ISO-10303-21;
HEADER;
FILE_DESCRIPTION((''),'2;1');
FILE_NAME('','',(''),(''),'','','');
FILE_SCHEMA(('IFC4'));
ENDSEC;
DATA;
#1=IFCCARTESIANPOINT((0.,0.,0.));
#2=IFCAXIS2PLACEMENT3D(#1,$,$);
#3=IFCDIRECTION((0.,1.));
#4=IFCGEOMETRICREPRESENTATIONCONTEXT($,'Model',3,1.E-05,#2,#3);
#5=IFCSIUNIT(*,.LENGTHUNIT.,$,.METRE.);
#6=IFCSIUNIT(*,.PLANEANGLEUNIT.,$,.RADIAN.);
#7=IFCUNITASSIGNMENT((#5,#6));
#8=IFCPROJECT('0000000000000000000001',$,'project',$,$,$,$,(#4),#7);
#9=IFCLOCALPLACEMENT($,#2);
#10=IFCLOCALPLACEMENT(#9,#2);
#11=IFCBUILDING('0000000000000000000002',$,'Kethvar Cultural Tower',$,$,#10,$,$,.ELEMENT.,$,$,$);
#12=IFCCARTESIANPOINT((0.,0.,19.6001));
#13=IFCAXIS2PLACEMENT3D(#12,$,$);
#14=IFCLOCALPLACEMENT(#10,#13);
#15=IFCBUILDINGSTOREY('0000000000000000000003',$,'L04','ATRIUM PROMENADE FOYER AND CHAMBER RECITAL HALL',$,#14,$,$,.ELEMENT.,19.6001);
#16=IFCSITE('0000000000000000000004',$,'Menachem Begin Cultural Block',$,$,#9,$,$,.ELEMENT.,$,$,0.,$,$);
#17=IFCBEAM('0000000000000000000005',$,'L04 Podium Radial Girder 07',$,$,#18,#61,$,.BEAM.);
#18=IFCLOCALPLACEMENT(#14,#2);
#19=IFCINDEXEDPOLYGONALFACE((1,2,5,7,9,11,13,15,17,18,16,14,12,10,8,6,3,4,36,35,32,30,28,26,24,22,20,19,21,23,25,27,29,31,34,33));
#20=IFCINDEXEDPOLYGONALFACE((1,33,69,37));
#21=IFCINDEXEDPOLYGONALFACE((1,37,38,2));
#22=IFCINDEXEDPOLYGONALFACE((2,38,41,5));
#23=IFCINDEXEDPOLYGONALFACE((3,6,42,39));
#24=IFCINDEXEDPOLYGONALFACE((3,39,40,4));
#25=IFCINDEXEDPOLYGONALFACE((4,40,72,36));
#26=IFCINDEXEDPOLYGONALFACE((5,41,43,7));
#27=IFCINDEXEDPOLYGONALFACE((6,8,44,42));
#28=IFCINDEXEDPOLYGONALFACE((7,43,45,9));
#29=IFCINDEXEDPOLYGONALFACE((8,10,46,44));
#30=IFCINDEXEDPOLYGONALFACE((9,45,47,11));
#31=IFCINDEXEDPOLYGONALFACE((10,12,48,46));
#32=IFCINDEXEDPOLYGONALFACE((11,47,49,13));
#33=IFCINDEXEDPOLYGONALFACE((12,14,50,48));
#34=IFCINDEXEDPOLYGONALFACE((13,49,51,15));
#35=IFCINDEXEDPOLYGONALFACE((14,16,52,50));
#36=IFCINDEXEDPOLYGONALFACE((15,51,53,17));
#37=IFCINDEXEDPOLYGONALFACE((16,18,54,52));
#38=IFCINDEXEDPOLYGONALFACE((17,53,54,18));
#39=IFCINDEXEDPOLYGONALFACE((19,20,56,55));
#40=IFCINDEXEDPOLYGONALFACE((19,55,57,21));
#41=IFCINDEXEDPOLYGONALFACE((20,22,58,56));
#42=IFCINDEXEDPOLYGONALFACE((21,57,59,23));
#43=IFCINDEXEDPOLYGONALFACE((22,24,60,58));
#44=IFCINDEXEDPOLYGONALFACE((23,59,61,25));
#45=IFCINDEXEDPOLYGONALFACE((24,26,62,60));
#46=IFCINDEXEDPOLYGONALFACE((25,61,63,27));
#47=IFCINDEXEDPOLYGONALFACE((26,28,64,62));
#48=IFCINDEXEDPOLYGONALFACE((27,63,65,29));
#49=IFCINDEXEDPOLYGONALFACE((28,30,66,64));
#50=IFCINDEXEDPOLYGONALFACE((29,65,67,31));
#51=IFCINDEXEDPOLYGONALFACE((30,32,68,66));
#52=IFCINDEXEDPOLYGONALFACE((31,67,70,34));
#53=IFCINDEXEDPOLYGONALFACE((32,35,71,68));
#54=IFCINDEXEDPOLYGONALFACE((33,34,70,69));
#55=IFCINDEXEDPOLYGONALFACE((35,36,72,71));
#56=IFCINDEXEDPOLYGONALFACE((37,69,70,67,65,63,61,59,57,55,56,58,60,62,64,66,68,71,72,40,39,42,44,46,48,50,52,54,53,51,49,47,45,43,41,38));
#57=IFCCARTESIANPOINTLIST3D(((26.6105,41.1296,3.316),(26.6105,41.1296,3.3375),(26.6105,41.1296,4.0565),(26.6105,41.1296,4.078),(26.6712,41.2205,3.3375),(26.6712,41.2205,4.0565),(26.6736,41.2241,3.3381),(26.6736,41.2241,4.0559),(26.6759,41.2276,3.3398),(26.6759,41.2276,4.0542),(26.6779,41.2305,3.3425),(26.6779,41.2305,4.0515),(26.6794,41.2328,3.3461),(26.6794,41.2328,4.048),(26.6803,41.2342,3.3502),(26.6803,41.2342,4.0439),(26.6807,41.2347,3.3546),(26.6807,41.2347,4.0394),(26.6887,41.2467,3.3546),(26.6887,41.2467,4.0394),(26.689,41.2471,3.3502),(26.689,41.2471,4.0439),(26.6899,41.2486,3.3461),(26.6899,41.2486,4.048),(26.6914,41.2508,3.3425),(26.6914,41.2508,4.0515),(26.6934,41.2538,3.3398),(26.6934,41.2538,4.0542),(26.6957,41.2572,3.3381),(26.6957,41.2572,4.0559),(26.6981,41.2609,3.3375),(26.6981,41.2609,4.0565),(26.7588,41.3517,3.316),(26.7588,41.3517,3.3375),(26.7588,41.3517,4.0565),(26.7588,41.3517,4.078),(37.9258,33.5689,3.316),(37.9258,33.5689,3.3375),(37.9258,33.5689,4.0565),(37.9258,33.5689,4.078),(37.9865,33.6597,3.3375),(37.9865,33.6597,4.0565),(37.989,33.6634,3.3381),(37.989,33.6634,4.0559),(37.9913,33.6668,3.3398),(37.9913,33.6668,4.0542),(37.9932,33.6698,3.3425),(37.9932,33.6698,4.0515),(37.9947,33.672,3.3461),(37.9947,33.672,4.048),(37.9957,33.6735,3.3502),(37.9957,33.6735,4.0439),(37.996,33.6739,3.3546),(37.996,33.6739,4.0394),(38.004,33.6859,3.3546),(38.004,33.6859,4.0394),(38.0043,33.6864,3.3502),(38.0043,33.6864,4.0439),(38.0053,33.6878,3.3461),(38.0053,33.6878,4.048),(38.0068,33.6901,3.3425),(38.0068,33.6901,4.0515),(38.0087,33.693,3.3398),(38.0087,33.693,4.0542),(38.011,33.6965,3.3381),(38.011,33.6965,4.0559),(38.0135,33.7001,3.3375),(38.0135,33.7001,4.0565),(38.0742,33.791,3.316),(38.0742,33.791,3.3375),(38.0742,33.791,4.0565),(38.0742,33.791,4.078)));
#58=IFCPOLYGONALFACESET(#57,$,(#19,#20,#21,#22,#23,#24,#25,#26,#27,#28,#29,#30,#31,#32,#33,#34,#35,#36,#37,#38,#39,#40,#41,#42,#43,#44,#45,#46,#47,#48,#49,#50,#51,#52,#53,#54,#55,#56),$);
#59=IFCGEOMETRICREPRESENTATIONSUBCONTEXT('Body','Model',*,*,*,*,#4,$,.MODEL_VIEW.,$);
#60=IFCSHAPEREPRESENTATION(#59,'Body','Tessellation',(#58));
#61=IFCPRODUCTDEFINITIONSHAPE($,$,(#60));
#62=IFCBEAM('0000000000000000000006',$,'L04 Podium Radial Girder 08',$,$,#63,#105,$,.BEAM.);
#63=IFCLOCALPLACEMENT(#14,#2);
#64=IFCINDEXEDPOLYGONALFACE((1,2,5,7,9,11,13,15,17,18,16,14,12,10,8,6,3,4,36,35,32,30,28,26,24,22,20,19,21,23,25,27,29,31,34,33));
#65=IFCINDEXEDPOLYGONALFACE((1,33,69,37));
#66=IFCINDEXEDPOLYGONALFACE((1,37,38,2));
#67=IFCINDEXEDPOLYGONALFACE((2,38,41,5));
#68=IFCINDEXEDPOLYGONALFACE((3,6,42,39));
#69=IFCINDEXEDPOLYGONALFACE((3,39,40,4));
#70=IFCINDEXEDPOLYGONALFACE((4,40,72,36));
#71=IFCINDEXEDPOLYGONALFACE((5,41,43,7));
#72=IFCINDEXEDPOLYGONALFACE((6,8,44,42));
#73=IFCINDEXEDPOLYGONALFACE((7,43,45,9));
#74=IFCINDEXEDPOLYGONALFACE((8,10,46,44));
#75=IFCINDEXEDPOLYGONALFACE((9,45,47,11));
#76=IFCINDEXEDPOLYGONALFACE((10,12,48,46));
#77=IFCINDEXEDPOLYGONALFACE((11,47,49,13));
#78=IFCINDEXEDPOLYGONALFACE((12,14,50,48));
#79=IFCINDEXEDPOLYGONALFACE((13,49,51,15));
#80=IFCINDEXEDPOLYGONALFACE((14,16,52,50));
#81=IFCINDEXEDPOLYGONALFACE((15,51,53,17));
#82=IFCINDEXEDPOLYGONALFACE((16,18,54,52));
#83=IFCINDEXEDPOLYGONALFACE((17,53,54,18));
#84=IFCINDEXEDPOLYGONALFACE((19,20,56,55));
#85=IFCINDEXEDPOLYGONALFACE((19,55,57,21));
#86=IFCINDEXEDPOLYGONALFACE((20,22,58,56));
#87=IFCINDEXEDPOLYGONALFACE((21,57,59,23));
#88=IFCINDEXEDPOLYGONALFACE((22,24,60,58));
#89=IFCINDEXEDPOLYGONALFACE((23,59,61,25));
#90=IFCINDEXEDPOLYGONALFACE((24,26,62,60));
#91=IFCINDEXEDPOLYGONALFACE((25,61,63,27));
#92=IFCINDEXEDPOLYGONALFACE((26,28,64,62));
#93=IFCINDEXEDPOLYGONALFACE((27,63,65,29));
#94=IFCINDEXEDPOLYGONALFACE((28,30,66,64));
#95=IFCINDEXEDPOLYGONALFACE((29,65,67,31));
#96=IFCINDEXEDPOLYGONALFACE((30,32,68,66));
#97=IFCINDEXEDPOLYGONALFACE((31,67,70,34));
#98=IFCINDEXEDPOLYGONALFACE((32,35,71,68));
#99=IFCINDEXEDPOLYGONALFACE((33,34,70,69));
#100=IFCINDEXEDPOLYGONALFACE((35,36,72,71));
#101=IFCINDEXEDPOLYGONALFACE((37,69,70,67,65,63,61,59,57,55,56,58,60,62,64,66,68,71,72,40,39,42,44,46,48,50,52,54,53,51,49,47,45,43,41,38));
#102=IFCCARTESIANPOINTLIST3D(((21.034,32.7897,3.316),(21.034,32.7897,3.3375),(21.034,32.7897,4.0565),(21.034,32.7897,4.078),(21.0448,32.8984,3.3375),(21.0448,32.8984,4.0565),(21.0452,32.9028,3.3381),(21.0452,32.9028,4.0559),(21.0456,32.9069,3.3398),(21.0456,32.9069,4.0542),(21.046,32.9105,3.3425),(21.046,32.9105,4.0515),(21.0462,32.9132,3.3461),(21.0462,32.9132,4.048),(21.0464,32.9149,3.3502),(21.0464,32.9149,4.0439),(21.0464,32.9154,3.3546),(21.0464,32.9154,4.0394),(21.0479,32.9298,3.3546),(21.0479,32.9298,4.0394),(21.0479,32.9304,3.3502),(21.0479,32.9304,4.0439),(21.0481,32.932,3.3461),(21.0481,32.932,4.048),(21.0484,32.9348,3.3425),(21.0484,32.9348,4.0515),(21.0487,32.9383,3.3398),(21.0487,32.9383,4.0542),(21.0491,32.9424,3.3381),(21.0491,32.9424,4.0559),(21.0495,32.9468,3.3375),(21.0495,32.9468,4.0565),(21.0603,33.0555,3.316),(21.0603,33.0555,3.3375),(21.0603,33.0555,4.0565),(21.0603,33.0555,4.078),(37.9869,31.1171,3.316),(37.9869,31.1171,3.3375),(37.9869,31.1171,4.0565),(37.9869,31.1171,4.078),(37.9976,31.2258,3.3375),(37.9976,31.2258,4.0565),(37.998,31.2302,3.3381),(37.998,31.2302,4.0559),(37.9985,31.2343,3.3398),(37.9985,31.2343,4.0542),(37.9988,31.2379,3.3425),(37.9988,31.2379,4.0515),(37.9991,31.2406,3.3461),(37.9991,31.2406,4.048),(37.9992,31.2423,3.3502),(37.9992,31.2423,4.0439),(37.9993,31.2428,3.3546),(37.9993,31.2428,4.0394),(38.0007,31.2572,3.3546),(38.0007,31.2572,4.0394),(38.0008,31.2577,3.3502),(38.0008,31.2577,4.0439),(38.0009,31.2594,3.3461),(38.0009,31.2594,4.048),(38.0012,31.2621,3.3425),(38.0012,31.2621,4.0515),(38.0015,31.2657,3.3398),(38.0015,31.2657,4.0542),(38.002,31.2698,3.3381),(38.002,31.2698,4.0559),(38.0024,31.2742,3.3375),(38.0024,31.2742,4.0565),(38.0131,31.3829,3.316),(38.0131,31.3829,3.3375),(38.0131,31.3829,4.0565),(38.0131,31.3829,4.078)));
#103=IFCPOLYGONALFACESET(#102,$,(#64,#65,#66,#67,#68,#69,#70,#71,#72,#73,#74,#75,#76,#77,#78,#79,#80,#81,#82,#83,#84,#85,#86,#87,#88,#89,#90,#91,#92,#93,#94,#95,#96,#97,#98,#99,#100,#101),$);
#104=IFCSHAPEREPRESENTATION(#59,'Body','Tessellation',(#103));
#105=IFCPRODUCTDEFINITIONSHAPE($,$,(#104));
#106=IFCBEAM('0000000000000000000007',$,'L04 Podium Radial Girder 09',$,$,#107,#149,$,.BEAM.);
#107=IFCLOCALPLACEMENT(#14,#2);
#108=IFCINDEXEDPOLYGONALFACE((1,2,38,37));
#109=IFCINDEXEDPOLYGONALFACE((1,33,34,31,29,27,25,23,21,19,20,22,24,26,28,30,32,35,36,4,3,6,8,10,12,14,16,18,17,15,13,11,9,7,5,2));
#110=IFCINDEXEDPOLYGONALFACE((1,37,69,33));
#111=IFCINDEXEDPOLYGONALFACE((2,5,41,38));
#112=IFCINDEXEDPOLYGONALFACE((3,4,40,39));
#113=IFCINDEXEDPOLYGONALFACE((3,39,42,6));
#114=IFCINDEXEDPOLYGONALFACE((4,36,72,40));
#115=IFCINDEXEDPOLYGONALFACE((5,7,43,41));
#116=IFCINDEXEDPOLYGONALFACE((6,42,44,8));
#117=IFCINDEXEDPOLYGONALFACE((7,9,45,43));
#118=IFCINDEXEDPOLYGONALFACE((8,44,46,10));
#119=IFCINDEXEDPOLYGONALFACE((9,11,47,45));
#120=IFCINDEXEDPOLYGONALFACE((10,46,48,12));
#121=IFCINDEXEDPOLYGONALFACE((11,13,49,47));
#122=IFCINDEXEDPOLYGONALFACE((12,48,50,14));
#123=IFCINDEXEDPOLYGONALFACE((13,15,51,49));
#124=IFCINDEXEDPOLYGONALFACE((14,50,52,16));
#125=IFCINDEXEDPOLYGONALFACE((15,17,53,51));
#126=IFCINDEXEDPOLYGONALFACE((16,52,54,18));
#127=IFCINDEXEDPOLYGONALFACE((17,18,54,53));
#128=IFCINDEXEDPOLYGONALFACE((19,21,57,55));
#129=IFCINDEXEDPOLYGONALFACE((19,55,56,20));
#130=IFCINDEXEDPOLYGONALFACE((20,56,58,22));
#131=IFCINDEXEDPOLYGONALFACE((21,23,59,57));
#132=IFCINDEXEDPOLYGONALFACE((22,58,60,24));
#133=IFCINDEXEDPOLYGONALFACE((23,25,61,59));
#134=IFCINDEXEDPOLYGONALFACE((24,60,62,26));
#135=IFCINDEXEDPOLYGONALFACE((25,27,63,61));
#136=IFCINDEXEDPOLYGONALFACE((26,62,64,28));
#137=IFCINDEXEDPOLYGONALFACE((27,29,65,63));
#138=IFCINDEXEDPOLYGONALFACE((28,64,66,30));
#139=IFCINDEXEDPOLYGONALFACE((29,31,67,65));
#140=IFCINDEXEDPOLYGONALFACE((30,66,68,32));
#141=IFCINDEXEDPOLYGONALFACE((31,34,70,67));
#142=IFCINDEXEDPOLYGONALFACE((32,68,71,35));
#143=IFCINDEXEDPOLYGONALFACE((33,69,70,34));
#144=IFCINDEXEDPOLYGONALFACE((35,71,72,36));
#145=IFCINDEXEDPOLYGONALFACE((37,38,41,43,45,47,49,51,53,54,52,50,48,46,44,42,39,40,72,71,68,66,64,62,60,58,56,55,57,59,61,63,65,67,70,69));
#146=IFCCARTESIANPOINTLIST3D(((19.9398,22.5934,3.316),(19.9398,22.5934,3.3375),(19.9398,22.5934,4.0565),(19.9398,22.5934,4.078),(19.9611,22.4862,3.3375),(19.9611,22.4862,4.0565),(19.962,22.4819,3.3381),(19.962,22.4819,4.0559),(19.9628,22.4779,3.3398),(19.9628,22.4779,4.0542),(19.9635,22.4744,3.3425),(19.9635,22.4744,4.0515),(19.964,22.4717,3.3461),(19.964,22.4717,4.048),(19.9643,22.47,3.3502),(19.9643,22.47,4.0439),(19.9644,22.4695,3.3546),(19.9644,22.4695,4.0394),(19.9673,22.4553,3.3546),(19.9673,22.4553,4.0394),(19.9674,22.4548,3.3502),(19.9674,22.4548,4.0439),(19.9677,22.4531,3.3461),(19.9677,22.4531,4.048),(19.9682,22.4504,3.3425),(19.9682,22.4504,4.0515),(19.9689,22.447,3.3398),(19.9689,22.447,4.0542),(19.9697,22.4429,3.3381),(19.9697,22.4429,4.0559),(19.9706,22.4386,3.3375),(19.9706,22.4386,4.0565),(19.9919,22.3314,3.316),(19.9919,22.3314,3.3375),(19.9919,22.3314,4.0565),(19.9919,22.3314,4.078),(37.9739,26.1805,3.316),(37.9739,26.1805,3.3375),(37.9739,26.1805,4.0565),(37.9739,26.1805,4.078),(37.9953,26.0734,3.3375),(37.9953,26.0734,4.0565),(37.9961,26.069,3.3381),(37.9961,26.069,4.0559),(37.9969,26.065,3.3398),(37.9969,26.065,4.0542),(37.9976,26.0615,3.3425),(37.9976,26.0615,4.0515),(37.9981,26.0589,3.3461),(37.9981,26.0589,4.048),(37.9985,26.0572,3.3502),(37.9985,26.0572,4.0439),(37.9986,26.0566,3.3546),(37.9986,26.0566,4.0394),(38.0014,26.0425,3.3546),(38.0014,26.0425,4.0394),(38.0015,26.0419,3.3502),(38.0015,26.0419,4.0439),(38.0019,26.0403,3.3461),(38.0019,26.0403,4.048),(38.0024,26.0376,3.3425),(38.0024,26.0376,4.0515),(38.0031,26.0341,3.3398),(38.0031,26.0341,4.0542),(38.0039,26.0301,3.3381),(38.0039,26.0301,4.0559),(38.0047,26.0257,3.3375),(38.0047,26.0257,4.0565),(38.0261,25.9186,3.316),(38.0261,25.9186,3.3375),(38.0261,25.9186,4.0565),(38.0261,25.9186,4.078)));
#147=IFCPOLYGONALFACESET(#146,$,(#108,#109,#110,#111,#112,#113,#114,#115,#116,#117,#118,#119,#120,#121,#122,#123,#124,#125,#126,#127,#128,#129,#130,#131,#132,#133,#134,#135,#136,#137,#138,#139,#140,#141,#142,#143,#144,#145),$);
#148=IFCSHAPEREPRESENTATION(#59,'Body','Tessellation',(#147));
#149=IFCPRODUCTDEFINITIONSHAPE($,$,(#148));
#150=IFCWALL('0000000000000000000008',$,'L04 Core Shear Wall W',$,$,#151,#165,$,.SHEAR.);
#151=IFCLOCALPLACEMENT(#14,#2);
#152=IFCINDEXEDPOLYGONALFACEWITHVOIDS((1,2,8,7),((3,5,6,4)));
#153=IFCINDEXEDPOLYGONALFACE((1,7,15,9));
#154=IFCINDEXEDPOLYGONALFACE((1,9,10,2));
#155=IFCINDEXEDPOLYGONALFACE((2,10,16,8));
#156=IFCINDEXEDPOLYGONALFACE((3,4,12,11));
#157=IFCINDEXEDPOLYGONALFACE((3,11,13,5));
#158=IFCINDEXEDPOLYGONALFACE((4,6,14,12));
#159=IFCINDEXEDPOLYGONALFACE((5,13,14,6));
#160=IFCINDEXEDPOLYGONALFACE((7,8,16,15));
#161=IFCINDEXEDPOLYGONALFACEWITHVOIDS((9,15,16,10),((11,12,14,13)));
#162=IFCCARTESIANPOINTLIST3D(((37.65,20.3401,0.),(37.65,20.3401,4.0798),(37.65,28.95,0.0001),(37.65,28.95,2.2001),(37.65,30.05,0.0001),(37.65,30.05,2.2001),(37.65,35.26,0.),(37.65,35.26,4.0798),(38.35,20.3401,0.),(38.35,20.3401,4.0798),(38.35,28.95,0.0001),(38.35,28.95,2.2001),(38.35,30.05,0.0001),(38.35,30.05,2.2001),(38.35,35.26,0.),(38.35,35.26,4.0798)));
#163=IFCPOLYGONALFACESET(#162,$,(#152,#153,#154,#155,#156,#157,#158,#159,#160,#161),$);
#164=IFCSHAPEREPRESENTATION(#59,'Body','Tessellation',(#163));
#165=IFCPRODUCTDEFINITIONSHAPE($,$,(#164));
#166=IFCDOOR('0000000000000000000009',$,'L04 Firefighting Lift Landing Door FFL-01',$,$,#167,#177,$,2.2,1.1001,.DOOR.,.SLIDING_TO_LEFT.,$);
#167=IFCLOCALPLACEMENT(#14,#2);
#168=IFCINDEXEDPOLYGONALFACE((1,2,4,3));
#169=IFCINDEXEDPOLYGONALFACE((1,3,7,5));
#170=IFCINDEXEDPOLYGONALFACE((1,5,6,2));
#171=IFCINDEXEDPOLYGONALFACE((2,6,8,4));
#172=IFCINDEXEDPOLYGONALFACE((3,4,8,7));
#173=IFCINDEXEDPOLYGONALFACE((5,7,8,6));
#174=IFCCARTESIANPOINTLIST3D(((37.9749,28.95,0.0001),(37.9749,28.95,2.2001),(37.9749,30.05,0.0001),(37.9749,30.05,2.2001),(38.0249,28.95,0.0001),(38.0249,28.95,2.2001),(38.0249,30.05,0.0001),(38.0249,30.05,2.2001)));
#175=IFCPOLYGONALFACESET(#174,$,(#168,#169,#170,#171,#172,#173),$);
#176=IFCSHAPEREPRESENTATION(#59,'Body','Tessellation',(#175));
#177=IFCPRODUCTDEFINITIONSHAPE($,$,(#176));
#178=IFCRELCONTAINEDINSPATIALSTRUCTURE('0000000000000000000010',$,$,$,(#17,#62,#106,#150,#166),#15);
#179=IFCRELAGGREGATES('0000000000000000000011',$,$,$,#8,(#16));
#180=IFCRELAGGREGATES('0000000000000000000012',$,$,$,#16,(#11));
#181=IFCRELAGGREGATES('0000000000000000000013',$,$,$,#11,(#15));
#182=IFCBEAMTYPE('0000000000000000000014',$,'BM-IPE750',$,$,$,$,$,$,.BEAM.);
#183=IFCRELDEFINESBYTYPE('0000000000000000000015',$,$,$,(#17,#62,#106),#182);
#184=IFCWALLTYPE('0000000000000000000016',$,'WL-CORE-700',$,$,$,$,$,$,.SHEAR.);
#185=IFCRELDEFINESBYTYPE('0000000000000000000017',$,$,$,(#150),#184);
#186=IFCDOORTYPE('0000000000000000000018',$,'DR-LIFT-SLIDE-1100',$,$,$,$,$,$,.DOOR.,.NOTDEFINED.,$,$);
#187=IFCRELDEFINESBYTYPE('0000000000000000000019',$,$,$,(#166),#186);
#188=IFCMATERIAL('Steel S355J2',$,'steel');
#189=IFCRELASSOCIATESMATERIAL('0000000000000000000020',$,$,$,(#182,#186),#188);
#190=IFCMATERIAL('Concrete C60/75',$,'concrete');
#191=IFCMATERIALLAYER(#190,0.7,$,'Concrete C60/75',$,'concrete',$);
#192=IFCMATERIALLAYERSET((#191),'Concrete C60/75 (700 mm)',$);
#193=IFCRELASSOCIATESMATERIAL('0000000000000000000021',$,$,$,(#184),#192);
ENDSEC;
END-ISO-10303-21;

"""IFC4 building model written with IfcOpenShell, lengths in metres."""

from ifc_helpers import new_model, si_unit, direction, frame, frame_2d, origin, origin_2d, place, context, subcontext, project, spatial, rectangle, i_section, extrude, source, transform, mapped, material, layer, layer_set, material_profile, profile_set, type_object, element, fill, save


model = new_model("IFC4")

# Units and contexts
model_context = context("Model", 3, precision=1e-05, world=origin(), true_north=direction((0.0, 1.0)))
body_context = subcontext(model_context, "Body", "Model", "MODEL_VIEW")
ifc_project = project(units=[si_unit("LENGTHUNIT", "METRE"), si_unit("PLANEANGLEUNIT", "RADIAN")], contexts=[model_context])

# Site, building, storey
site_placement = place(None, origin())
site = spatial("IfcSite", under=ifc_project, at=site_placement, Name="Menachem Begin Cultural Block", CompositionType="ELEMENT", RefElevation=0.0)
building_placement = place(site_placement, origin())
building = spatial("IfcBuilding", under=site, at=building_placement, Name="Kethvar Cultural Tower", CompositionType="ELEMENT")
storey_placement = place(building_placement, frame((0.0, 0.0, 19.6001)))
storey = spatial("IfcBuildingStorey", under=building, at=storey_placement, Name="L04", Description="ATRIUM PROMENADE FOYER AND CHAMBER RECITAL HALL", CompositionType="ELEMENT", Elevation=19.6001)

# Beams
ifc_material_1 = material(Name="Steel S355J2", Category="steel")
ifc_material_profile = material_profile(ifc_material_1, i_section(OverallWidth=0.2671, OverallDepth=0.762, WebThickness=0.0144, FlangeThickness=0.0215, FilletRadius=0.0171, at=origin_2d()), Name="Steel S355J2 — IPE750x173")
ifc_profile_set = profile_set([ifc_material_profile], Name="Steel S355J2 — IPE750x173")
beam_type = type_object("IfcBeamType", Name="BM-IPE750", PredefinedType="BEAM", material=ifc_profile_set)
shared_shape_1 = source(origin(), body_context, "Body", "SweptSolid", [
    extrude(i_section(OverallWidth=0.2671, OverallDepth=0.762, WebThickness=0.0144, FlangeThickness=0.0215, FilletRadius=0.0171, at=origin_2d()), origin(), (0.0, 0.0, 1.0), 13.6089),
])
beam_1_placement = place(storey_placement, frame((38.0, 33.6799, 3.697), z_axis=(-0.831467, 0.555573, 0.0), x_axis=(-0.555573, -0.831467, 0.0)))
element("IfcBeam", 1, at=beam_1_placement, inside=storey, type_object=beam_type, Name="L04 Podium Radial Girder 07", PredefinedType="BEAM", context=body_context, shape_type="MappedRepresentation", body=[
    mapped(shared_shape_1, transform((0.0, 0.0, 0.0), scale=1.0)),
])
shared_shape_2 = source(origin(), body_context, "Body", "SweptSolid", [
    extrude(i_section(OverallWidth=0.2671, OverallDepth=0.762, WebThickness=0.0144, FlangeThickness=0.0215, FilletRadius=0.0171, at=origin_2d()), origin(), (0.0, 0.0, 1.0), 17.0352),
])
beam_2_placement = place(storey_placement, frame((38.0, 31.25, 3.697), z_axis=(-0.995168, 0.098185, 0.0), x_axis=(-0.098185, -0.995168, 0.0)))
element("IfcBeam", 2, at=beam_2_placement, inside=storey, type_object=beam_type, Name="L04 Podium Radial Girder 08", PredefinedType="BEAM", context=body_context, shape_type="MappedRepresentation", body=[
    mapped(shared_shape_2, transform((0.0, 0.0, 0.0), scale=1.0)),
])
shared_shape_3 = source(origin(), body_context, "Body", "SweptSolid", [
    extrude(i_section(OverallWidth=0.2671, OverallDepth=0.762, WebThickness=0.0144, FlangeThickness=0.0215, FilletRadius=0.0171, at=origin_2d()), origin(), (0.0, 0.0, 1.0), 18.3875),
])
beam_3_placement = place(storey_placement, frame((38.0, 26.0496, 3.697), z_axis=(-0.980786, -0.195087, 0.0), x_axis=(0.195087, -0.980786, 0.0)))
element("IfcBeam", 3, at=beam_3_placement, inside=storey, type_object=beam_type, Name="L04 Podium Radial Girder 09", PredefinedType="BEAM", context=body_context, shape_type="MappedRepresentation", body=[
    mapped(shared_shape_3, transform((0.0, 0.0, 0.0), scale=1.0)),
])

# Wall, opening, door
ifc_material_2 = material(Name="Concrete C60/75", Category="concrete")
ifc_layer_1 = layer(ifc_material_2, 0.7, Name="Concrete C60/75", Category="concrete")
ifc_layer_set_1 = layer_set([ifc_layer_1], Name="Concrete C60/75 (700 mm)")
wall_type_1 = type_object("IfcWallType", Name="WL-CORE-700", PredefinedType="SHEAR", material=ifc_layer_set_1)
wall_1_placement = place(storey_placement, frame((38.0, 35.26, 0.0), z_axis=(0.0, 0.0, 1.0), x_axis=(0.0, -1.0, 0.0)))
wall_1 = element("IfcWall", 4, at=wall_1_placement, inside=storey, type_object=wall_type_1, Name="L04 Core Shear Wall W", PredefinedType="SHEAR", context=body_context, shape_type="SweptSolid", body=[
    extrude(rectangle(XDim=14.9199, YDim=0.7, at=frame_2d((7.46, 0.0))), origin(), (0.0, 0.0, 1.0), 4.0798),
])
opening_1_placement = place(wall_1_placement, frame((5.21, 0.0, 0.0)))
opening_1 = element("IfcOpeningElement", 5, at=opening_1_placement, cuts=wall_1, PredefinedType="OPENING", context=body_context, shape_type="SweptSolid", body=[
    extrude(rectangle(XDim=1.1001, YDim=2.2, at=frame_2d((0.55, 1.1001))), frame((0.0, 0.3599, 0.0), z_axis=(0.0, -1.0, 0.0), x_axis=(1.0, 0.0, 0.0)), (0.0, 0.0, 1.0), 0.72),
])
door_type_1 = type_object("IfcDoorType", Name="DR-LIFT-SLIDE-1100", OperationType="NOTDEFINED", PredefinedType="DOOR", material=ifc_material_1)
shared_shape_4 = source(origin(), body_context, "Body", "SweptSolid", [
    extrude(rectangle(XDim=1.1001, YDim=2.2, at=frame_2d((0.55, 1.1001))), frame((0.0, 0.0249, 0.0), z_axis=(0.0, -1.0, 0.0), x_axis=(1.0, 0.0, 0.0)), (0.0, 0.0, 1.0), 0.05),
])
door_1_placement = place(opening_1_placement, origin())
door_1 = element("IfcDoor", 6, at=door_1_placement, inside=storey, type_object=door_type_1, Name="L04 Firefighting Lift Landing Door FFL-01", OperationType="SLIDING_TO_LEFT", OverallHeight=2.2, OverallWidth=1.1001, PredefinedType="DOOR", context=body_context, shape_type="MappedRepresentation", body=[
    mapped(shared_shape_4, transform((0.0, 0.0, 0.0), scale=1.0)),
])
fill(opening_1, door_1)

save(model, "model.ifc")
